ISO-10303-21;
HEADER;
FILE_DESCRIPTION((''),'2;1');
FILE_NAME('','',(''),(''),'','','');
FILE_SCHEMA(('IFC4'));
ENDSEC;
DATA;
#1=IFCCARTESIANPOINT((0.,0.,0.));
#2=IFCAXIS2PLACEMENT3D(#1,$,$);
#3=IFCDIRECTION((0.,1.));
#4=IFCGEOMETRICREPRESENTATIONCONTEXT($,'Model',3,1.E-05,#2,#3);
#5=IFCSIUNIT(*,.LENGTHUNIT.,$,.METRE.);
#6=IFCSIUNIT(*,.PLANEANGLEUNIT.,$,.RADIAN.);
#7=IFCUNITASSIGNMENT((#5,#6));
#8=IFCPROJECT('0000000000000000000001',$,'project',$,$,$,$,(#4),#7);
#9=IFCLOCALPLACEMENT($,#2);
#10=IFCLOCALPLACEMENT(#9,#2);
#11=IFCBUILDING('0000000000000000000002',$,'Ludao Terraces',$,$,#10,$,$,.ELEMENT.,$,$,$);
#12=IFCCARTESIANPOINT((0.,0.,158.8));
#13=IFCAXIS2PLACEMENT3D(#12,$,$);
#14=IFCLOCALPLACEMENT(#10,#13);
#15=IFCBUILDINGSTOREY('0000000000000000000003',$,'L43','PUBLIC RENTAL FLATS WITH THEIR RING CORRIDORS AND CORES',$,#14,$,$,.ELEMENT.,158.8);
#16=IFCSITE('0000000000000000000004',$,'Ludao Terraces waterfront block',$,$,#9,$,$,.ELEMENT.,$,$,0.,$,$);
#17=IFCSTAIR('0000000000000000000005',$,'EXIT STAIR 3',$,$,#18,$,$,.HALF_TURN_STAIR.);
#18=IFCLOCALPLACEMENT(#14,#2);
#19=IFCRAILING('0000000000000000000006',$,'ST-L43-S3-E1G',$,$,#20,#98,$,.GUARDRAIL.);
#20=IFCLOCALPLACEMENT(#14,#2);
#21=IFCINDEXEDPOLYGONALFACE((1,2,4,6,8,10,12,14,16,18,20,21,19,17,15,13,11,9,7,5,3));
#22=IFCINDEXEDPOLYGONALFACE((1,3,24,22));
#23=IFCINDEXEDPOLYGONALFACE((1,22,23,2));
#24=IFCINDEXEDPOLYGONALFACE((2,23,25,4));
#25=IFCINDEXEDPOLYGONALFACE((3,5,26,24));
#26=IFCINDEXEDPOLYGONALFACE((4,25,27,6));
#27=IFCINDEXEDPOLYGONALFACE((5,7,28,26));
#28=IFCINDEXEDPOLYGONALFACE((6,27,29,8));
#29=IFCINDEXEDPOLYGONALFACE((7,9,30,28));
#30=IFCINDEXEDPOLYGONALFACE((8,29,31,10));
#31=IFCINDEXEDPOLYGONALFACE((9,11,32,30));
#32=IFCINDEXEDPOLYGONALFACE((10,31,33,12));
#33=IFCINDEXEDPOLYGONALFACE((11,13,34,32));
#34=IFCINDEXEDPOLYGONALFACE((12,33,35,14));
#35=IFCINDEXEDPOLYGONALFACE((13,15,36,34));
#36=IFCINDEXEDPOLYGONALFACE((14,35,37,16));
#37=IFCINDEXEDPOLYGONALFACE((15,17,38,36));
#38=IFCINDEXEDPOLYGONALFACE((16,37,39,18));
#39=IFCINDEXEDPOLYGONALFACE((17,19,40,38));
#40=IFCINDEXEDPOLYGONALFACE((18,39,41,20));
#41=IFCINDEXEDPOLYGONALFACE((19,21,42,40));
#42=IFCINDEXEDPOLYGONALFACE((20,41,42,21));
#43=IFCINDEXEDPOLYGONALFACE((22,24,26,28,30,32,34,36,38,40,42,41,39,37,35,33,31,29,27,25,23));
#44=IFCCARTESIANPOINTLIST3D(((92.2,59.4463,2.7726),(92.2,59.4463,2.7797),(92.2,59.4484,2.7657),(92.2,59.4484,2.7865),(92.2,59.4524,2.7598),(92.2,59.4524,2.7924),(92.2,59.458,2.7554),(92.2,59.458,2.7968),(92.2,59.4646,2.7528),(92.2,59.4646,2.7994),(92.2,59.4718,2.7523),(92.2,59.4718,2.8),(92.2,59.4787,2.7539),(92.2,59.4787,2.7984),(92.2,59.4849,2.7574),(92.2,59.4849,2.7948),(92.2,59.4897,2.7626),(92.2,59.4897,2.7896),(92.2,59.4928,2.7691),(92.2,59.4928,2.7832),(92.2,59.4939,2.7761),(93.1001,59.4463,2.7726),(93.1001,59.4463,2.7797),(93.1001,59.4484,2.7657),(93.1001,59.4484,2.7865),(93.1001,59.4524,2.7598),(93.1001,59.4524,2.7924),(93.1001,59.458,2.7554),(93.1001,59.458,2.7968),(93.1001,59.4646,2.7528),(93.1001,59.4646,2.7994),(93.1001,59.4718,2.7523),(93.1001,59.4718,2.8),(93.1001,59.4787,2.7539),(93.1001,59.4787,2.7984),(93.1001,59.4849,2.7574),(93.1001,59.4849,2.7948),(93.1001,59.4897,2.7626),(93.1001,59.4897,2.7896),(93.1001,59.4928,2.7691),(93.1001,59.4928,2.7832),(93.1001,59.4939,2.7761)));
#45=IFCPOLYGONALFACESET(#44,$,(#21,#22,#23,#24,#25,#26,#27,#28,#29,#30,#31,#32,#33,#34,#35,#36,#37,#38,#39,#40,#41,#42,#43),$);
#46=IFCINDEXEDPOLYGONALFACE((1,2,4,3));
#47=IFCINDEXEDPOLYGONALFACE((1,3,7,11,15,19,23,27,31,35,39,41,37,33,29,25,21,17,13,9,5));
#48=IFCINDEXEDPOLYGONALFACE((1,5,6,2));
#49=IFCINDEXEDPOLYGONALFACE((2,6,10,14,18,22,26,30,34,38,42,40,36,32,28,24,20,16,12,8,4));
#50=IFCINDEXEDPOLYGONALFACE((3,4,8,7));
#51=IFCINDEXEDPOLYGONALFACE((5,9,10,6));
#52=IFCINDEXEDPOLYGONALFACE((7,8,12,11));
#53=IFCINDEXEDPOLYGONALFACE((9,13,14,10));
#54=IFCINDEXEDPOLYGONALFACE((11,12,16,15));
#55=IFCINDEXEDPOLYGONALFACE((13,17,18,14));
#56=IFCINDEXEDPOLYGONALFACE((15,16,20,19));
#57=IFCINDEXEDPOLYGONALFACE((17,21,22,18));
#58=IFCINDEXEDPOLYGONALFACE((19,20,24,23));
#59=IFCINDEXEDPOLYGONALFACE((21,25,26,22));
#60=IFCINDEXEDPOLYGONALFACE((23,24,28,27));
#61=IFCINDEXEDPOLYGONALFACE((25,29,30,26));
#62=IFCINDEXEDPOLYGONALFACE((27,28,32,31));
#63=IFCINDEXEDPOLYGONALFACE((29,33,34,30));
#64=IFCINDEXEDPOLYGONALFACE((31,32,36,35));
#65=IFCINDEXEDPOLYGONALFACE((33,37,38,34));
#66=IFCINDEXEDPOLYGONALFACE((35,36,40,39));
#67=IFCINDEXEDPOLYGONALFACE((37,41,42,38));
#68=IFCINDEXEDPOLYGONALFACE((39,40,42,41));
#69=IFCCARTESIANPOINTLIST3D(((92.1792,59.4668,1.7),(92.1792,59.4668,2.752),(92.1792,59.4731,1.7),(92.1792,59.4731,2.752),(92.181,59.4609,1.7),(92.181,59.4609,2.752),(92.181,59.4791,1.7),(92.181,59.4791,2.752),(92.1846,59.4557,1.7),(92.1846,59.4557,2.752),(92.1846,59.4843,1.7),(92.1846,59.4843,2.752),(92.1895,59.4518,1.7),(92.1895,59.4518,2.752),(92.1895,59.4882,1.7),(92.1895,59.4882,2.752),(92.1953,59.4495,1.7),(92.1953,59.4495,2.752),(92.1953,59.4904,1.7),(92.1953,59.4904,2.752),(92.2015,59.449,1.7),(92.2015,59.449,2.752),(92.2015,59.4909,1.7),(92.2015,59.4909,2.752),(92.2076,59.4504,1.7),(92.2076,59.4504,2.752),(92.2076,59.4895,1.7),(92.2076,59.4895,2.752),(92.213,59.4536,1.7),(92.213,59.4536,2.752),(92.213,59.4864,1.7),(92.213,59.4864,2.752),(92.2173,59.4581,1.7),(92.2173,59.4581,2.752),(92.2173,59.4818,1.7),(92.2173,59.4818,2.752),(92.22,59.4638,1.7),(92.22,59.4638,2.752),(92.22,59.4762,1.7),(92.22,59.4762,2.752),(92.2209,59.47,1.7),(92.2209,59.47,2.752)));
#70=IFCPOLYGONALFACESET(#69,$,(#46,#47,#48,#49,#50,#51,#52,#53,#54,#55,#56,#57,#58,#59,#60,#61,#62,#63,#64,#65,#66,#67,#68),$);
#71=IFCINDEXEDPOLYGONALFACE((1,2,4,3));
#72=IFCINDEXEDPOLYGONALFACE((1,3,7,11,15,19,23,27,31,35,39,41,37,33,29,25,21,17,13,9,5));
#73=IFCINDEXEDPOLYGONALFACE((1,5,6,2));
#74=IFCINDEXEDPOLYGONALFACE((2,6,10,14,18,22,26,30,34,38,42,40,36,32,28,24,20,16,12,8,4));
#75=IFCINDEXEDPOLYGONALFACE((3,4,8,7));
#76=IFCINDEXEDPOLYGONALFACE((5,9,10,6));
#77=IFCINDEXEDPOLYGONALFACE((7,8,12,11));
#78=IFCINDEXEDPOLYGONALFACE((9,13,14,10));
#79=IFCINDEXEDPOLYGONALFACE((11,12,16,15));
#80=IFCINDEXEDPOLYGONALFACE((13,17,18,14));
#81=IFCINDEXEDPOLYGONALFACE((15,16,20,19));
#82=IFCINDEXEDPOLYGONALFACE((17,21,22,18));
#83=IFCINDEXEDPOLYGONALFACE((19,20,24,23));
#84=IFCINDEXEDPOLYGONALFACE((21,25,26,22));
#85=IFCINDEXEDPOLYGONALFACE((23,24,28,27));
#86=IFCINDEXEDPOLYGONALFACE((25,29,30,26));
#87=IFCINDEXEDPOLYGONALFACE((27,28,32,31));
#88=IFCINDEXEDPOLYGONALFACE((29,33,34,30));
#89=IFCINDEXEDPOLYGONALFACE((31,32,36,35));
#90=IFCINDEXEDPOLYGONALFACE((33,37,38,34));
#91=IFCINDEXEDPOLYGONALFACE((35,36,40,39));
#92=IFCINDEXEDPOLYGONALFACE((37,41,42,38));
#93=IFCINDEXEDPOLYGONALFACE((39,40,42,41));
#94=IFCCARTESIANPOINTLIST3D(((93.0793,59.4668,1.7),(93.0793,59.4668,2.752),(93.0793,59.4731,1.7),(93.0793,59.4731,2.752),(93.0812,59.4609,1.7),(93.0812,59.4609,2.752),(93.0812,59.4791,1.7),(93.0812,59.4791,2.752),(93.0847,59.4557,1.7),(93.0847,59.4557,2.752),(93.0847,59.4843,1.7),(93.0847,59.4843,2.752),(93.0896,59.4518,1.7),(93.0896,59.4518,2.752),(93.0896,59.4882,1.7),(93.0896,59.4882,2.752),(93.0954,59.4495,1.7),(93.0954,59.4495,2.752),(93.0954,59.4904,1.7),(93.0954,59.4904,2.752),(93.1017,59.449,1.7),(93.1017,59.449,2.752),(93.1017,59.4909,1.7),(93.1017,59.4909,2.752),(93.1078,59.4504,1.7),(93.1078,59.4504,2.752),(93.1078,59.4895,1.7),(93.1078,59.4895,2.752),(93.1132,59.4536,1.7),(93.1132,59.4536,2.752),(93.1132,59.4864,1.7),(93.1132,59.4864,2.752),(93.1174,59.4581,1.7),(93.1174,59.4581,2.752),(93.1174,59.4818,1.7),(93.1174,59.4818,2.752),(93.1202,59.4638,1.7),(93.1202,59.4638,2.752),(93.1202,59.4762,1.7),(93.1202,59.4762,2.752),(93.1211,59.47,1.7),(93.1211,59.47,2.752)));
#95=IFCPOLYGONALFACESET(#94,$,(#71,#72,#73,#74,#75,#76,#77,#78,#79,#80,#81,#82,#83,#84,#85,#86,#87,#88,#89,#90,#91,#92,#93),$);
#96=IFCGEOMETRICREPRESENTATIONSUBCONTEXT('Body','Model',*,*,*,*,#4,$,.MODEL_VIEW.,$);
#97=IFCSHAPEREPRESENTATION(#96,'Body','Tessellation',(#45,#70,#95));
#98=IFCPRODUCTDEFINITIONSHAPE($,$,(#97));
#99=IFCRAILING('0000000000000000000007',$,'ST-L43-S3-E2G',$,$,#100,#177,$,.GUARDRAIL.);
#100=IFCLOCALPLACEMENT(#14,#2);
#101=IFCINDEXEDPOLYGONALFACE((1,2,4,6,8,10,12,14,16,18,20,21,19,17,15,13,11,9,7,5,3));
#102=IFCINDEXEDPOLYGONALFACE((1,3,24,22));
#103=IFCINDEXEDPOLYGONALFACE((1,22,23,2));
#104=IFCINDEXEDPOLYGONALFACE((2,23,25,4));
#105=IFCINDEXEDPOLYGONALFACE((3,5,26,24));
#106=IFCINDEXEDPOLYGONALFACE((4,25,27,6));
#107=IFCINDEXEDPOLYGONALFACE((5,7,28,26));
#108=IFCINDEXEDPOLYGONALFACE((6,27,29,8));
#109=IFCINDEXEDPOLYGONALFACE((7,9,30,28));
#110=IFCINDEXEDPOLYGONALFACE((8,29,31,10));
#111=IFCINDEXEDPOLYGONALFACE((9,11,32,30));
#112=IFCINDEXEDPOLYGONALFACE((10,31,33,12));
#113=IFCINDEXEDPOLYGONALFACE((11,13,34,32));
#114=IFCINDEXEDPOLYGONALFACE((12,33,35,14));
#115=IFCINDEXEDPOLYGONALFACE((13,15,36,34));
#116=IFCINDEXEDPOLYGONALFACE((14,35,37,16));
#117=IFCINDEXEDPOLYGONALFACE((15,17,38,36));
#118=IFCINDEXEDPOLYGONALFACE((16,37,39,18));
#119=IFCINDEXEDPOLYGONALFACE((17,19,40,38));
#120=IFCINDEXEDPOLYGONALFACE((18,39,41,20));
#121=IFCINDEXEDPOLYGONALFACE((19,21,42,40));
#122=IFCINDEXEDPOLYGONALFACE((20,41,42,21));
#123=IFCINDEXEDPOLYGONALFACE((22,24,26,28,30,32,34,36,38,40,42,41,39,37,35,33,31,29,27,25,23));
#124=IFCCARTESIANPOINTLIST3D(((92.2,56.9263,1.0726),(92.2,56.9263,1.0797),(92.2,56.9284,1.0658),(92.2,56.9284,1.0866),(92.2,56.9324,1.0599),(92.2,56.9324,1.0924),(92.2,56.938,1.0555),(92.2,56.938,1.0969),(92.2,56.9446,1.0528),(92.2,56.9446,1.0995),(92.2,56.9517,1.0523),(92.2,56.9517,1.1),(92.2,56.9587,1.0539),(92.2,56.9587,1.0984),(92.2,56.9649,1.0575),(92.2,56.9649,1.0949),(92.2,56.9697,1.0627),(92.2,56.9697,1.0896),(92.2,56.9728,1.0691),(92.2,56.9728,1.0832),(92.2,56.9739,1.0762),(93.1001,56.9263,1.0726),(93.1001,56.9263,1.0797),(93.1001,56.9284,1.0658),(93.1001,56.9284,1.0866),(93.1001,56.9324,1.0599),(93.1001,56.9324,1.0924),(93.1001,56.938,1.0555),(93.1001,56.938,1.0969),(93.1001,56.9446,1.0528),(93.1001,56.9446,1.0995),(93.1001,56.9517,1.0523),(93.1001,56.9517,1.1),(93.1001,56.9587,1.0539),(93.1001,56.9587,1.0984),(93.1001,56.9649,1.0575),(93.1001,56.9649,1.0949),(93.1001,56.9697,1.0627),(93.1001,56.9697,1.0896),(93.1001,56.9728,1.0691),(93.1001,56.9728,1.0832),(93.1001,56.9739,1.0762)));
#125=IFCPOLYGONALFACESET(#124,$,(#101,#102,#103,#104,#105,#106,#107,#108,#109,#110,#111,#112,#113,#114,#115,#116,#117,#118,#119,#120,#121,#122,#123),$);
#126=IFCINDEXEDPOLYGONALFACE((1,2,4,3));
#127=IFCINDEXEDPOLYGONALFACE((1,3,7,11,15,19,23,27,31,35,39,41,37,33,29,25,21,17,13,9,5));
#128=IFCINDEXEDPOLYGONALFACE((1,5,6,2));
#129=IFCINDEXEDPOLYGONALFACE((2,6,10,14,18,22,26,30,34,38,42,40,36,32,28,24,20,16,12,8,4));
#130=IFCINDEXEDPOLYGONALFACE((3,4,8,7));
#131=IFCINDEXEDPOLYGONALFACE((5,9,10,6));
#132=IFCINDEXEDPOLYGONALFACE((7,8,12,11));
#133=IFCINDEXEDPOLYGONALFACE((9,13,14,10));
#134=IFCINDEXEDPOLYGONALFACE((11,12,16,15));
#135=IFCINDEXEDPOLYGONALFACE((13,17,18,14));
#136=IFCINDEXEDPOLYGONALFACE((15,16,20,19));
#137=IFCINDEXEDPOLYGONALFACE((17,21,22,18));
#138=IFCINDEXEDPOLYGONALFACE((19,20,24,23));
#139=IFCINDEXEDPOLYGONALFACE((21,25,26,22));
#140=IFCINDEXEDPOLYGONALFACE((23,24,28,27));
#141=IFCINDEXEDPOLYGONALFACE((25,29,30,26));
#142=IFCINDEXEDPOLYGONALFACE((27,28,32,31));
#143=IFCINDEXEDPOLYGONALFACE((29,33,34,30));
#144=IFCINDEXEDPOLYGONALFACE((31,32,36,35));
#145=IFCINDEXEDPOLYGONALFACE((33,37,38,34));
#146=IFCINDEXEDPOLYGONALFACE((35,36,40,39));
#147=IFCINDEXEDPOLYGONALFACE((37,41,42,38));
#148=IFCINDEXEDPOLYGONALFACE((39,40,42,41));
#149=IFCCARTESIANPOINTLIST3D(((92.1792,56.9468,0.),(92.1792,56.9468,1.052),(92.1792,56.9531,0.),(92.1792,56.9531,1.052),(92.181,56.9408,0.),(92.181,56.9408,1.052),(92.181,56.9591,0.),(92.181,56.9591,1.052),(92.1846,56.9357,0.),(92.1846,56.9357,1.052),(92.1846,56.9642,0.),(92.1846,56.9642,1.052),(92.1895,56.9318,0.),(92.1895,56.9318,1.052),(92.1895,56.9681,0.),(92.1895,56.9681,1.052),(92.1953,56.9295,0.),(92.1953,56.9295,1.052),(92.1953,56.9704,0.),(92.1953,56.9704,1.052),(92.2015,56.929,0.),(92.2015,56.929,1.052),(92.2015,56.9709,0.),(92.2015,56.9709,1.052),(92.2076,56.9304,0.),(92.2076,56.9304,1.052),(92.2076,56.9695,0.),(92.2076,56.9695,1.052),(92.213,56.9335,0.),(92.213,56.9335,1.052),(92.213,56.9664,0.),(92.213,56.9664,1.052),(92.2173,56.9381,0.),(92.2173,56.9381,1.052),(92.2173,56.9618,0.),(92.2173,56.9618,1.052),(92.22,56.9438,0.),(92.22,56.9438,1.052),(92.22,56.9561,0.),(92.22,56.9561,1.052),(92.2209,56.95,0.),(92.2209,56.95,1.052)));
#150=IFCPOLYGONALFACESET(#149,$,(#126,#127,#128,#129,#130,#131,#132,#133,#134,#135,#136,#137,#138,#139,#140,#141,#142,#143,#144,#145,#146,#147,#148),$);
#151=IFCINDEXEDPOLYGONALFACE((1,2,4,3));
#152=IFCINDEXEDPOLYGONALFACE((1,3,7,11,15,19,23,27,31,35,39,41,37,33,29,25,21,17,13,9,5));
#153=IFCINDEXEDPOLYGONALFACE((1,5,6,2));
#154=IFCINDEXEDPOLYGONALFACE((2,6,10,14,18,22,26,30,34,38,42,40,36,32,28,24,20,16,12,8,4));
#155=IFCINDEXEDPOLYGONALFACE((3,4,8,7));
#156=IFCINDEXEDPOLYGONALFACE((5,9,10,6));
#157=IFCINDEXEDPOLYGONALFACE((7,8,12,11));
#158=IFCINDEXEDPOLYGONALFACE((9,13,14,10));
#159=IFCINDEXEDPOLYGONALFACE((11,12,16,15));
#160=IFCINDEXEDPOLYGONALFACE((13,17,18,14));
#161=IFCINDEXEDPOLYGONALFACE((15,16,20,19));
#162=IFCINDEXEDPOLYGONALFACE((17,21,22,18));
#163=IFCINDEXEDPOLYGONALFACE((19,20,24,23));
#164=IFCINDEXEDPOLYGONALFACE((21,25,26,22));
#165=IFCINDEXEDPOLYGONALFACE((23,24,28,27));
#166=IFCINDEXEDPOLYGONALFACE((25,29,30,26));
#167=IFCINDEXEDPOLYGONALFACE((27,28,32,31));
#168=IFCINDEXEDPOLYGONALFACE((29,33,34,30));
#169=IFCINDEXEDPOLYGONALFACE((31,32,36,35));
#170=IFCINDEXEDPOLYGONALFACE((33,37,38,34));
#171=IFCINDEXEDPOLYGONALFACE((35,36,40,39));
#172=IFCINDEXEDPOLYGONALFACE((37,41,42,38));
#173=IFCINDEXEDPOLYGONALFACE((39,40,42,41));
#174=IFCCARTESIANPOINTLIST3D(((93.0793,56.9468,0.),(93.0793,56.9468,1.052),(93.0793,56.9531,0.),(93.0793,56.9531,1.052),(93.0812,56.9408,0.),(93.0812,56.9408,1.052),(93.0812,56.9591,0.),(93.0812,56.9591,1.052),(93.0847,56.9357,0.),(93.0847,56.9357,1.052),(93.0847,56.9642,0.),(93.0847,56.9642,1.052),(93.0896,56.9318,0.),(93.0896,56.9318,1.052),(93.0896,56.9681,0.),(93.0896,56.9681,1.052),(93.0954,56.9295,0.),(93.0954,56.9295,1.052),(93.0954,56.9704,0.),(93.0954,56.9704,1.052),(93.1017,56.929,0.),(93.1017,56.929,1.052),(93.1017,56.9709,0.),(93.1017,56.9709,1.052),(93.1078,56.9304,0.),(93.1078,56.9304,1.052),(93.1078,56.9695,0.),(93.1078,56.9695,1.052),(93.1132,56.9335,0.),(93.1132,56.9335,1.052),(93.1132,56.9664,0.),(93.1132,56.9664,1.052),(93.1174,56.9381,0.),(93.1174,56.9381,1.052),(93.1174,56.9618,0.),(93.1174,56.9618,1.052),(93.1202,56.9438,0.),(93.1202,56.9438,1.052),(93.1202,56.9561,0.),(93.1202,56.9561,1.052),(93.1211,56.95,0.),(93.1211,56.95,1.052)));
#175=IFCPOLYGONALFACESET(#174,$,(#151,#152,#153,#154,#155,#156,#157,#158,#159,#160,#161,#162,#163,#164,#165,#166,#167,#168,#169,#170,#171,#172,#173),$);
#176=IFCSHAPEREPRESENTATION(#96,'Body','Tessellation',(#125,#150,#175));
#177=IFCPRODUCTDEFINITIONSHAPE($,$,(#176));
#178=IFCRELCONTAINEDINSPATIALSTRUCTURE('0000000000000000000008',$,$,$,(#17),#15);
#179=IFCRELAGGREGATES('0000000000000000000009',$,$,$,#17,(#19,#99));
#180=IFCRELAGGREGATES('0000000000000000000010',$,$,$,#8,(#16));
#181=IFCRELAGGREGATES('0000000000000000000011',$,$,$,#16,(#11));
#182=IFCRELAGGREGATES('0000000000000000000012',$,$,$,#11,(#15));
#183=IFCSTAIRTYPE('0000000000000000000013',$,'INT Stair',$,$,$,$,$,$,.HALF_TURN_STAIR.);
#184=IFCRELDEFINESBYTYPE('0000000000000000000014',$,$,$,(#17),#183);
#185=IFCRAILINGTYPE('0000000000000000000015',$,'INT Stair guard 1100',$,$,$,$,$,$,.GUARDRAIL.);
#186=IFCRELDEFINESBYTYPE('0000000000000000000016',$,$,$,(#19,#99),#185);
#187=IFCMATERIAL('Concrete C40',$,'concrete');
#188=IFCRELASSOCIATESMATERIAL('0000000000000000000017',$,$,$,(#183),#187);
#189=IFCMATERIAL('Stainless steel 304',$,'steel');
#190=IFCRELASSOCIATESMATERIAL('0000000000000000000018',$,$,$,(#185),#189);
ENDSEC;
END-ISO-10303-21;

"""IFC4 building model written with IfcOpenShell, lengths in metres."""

from ifc_helpers import new_model, si_unit, direction, frame, origin, origin_2d, place, context, subcontext, project, spatial, circle, extrude, material, type_object, element, aggregate, save


model = new_model("IFC4")

# Units and contexts
model_context = context("Model", 3, precision=1e-05, world=origin(), true_north=direction((0.0, 1.0)))
body_context = subcontext(model_context, "Body", "Model", "MODEL_VIEW")
ifc_project = project(units=[si_unit("LENGTHUNIT", "METRE"), si_unit("PLANEANGLEUNIT", "RADIAN")], contexts=[model_context])

# Site, building, storey
site_placement = place(None, origin())
site = spatial("IfcSite", under=ifc_project, at=site_placement, Name="Ludao Terraces waterfront block", CompositionType="ELEMENT", RefElevation=0.0)
building_placement = place(site_placement, origin())
building = spatial("IfcBuilding", under=site, at=building_placement, Name="Ludao Terraces", CompositionType="ELEMENT")
storey_placement = place(building_placement, frame((0.0, 0.0, 158.8)))
storey = spatial("IfcBuildingStorey", under=building, at=storey_placement, Name="L43", Description="PUBLIC RENTAL FLATS WITH THEIR RING CORRIDORS AND CORES", CompositionType="ELEMENT", Elevation=158.8)

# Shared definitions
ifc_material_1 = material(Name="Concrete C40", Category="concrete")

# Stair, railings
stair_type = type_object("IfcStairType", Name="INT Stair", PredefinedType="HALF_TURN_STAIR", material=ifc_material_1)
stair_placement = place(storey_placement, origin())
stair = element("IfcStair", 1, at=stair_placement, inside=storey, type_object=stair_type, Name="EXIT STAIR 3", PredefinedType="HALF_TURN_STAIR")
ifc_material_2 = material(Name="Stainless steel 304", Category="steel")
railing_type_1 = type_object("IfcRailingType", Name="INT Stair guard 1100", PredefinedType="GUARDRAIL", material=ifc_material_2)
railing_1_placement = place(storey_placement, frame((92.2, 59.47, 1.7)))
railing_1 = element("IfcRailing", 2, at=railing_1_placement, type_object=railing_type_1, Name="ST-L43-S3-E1G", PredefinedType="GUARDRAIL", context=body_context, shape_type="SweptSolid", body=[
    extrude(circle(Radius=0.0239, at=origin_2d()), frame((0.0, 0.0, 1.0762), z_axis=(1.0, 0.0, 0.0), x_axis=(0.0, 1.0, 0.0)), (0.0, 0.0, 1.0), 0.9001),
    extrude(circle(Radius=0.021, at=origin_2d()), origin(), (0.0, 0.0, 1.0), 1.052),
    extrude(circle(Radius=0.021, at=origin_2d()), frame((0.9001, 0.0, 0.0)), (0.0, 0.0, 1.0), 1.052),
])
railing_2_placement = place(storey_placement, frame((92.2, 56.95, 0.0)))
railing_2 = element("IfcRailing", 3, at=railing_2_placement, type_object=railing_type_1, Name="ST-L43-S3-E2G", PredefinedType="GUARDRAIL", context=body_context, shape_type="SweptSolid", body=[
    extrude(circle(Radius=0.0239, at=origin_2d()), frame((0.0, 0.0, 1.0762), z_axis=(1.0, 0.0, 0.0), x_axis=(0.0, 1.0, 0.0)), (0.0, 0.0, 1.0), 0.9001),
    extrude(circle(Radius=0.021, at=origin_2d()), origin(), (0.0, 0.0, 1.0), 1.052),
    extrude(circle(Radius=0.021, at=origin_2d()), frame((0.9001, 0.0, 0.0)), (0.0, 0.0, 1.0), 1.052),
])
aggregate(stair, [railing_1, railing_2])

save(model, "model.ifc")
